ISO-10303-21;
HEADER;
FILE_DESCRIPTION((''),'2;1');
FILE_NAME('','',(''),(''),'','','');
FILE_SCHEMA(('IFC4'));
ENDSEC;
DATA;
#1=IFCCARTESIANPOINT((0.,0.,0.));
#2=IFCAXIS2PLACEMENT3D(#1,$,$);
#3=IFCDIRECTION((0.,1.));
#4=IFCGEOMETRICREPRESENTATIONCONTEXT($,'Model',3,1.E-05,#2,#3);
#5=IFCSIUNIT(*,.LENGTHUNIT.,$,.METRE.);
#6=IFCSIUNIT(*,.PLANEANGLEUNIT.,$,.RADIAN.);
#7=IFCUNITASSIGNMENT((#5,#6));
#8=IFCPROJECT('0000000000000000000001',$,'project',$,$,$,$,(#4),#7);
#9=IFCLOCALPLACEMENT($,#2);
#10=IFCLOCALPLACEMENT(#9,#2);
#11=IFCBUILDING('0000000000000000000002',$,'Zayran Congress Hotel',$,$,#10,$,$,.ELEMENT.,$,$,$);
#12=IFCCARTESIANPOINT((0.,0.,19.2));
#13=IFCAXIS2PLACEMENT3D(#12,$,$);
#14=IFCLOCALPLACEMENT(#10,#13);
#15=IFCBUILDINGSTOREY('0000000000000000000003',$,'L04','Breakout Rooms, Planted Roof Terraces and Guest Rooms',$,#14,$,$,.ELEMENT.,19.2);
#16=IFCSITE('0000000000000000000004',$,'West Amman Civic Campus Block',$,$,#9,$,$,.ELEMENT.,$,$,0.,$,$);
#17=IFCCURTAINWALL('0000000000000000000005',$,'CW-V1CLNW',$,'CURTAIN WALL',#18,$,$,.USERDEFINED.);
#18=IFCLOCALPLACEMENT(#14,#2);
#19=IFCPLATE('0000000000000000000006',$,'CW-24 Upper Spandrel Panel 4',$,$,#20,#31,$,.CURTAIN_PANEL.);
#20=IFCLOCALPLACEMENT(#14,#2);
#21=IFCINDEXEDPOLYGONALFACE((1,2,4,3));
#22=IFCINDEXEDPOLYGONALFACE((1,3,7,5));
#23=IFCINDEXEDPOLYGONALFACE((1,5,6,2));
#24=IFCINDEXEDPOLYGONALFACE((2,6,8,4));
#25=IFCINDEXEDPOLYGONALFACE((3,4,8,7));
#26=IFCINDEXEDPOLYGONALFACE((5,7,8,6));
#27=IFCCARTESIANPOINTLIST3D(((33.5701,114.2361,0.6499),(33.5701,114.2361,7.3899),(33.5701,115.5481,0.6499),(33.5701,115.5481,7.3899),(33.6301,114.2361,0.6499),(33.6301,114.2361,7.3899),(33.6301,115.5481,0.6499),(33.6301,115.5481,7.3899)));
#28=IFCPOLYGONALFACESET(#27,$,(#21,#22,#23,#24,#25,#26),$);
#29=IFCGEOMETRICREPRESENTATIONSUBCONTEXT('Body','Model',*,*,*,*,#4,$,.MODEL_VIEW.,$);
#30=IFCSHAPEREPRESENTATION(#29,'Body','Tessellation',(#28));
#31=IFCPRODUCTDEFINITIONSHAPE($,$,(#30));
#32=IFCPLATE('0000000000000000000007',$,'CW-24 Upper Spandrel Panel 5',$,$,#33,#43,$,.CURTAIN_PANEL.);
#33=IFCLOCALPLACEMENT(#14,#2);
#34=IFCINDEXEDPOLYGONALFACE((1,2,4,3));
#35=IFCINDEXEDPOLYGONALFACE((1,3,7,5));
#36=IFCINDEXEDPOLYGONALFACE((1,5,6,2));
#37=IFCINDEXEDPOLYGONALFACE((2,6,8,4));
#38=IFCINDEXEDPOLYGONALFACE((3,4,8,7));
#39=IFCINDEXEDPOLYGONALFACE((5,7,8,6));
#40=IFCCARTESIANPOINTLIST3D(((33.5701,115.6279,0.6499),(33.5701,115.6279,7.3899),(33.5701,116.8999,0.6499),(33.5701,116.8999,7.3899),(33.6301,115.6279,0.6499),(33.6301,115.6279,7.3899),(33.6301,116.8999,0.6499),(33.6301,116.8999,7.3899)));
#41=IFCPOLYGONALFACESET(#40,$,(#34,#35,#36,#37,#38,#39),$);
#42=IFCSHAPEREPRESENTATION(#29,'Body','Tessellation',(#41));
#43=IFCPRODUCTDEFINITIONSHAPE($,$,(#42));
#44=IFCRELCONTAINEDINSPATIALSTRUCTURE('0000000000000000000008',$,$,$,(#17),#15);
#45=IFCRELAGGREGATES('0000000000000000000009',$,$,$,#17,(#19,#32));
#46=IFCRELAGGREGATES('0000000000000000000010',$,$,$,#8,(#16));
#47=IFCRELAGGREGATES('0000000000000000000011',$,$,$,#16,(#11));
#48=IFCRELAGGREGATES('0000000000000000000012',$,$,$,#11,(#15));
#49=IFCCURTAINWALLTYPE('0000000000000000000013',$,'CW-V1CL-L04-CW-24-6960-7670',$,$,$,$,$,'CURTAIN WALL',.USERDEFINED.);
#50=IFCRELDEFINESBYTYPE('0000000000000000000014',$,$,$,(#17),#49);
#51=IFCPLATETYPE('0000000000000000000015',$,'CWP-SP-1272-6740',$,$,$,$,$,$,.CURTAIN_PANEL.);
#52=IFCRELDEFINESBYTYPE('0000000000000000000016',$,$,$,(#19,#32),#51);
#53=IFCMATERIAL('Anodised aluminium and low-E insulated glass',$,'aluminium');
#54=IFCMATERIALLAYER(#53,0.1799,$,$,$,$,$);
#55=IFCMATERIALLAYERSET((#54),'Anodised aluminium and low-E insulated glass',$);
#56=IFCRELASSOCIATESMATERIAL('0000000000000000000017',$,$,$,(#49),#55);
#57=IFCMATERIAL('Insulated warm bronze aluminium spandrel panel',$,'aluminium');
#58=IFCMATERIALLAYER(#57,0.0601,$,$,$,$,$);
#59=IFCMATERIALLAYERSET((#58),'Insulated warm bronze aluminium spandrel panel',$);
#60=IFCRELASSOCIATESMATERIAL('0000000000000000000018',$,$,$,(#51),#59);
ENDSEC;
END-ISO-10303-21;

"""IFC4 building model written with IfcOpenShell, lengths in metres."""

from ifc_helpers import new_model, si_unit, direction, frame, origin, origin_2d, place, context, subcontext, project, spatial, rectangle, extrude, material, layer, layer_set, type_object, element, aggregate, save


model = new_model("IFC4")

# Units and contexts
model_context = context("Model", 3, precision=1e-05, world=origin(), true_north=direction((0.0, 1.0)))
body_context = subcontext(model_context, "Body", "Model", "MODEL_VIEW")
ifc_project = project(units=[si_unit("LENGTHUNIT", "METRE"), si_unit("PLANEANGLEUNIT", "RADIAN")], contexts=[model_context])

# Site, building, storey
site_placement = place(None, origin())
site = spatial("IfcSite", under=ifc_project, at=site_placement, Name="West Amman Civic Campus Block", CompositionType="ELEMENT", RefElevation=0.0)
building_placement = place(site_placement, origin())
building = spatial("IfcBuilding", under=site, at=building_placement, Name="Zayran Congress Hotel", CompositionType="ELEMENT")
storey_placement = place(building_placement, frame((0.0, 0.0, 19.2)))
storey = spatial("IfcBuildingStorey", under=building, at=storey_placement, Name="L04", Description="Breakout Rooms, Planted Roof Terraces and Guest Rooms", CompositionType="ELEMENT", Elevation=19.2)

# Curtain wall
ifc_material_1 = material(Name="Anodised aluminium and low-E insulated glass", Category="aluminium")
ifc_layer_1 = layer(ifc_material_1, 0.1799)
ifc_layer_set_1 = layer_set([ifc_layer_1], Name="Anodised aluminium and low-E insulated glass")
curtain_wall_type_1 = type_object("IfcCurtainWallType", Name="CW-V1CL-L04-CW-24-6960-7670", ElementType="CURTAIN WALL", PredefinedType="USERDEFINED", material=ifc_layer_set_1)
curtain_wall_1_placement = place(storey_placement, origin())
curtain_wall_1 = element("IfcCurtainWall", 1, at=curtain_wall_1_placement, inside=storey, type_object=curtain_wall_type_1, Name="CW-V1CLNW", ObjectType="CURTAIN WALL", PredefinedType="USERDEFINED")

# Plates
ifc_material_2 = material(Name="Insulated warm bronze aluminium spandrel panel", Category="aluminium")
ifc_layer_2 = layer(ifc_material_2, 0.0601)
ifc_layer_set_2 = layer_set([ifc_layer_2], Name="Insulated warm bronze aluminium spandrel panel")
plate_type_1 = type_object("IfcPlateType", Name="CWP-SP-1272-6740", PredefinedType="CURTAIN_PANEL", material=ifc_layer_set_2)
plate_1_placement = place(storey_placement, frame((33.6001, 114.8921, 0.6499), z_axis=(0.0, 0.0, 1.0), x_axis=(0.0, 1.0, 0.0)))
plate_1 = element("IfcPlate", 2, at=plate_1_placement, type_object=plate_type_1, Name="CW-24 Upper Spandrel Panel 4", PredefinedType="CURTAIN_PANEL", context=body_context, shape_type="SweptSolid", body=[
    extrude(rectangle(XDim=1.312, YDim=0.0601, at=origin_2d()), origin(), (0.0, 0.0, 1.0), 6.74),
])
plate_2_placement = place(storey_placement, frame((33.6001, 116.2639, 0.6499), z_axis=(0.0, 0.0, 1.0), x_axis=(0.0, 1.0, 0.0)))
plate_2 = element("IfcPlate", 3, at=plate_2_placement, type_object=plate_type_1, Name="CW-24 Upper Spandrel Panel 5", PredefinedType="CURTAIN_PANEL", context=body_context, shape_type="SweptSolid", body=[
    extrude(rectangle(XDim=1.272, YDim=0.0601, at=origin_2d()), origin(), (0.0, 0.0, 1.0), 6.74),
])
aggregate(curtain_wall_1, [plate_1, plate_2])

save(model, "model.ifc")
